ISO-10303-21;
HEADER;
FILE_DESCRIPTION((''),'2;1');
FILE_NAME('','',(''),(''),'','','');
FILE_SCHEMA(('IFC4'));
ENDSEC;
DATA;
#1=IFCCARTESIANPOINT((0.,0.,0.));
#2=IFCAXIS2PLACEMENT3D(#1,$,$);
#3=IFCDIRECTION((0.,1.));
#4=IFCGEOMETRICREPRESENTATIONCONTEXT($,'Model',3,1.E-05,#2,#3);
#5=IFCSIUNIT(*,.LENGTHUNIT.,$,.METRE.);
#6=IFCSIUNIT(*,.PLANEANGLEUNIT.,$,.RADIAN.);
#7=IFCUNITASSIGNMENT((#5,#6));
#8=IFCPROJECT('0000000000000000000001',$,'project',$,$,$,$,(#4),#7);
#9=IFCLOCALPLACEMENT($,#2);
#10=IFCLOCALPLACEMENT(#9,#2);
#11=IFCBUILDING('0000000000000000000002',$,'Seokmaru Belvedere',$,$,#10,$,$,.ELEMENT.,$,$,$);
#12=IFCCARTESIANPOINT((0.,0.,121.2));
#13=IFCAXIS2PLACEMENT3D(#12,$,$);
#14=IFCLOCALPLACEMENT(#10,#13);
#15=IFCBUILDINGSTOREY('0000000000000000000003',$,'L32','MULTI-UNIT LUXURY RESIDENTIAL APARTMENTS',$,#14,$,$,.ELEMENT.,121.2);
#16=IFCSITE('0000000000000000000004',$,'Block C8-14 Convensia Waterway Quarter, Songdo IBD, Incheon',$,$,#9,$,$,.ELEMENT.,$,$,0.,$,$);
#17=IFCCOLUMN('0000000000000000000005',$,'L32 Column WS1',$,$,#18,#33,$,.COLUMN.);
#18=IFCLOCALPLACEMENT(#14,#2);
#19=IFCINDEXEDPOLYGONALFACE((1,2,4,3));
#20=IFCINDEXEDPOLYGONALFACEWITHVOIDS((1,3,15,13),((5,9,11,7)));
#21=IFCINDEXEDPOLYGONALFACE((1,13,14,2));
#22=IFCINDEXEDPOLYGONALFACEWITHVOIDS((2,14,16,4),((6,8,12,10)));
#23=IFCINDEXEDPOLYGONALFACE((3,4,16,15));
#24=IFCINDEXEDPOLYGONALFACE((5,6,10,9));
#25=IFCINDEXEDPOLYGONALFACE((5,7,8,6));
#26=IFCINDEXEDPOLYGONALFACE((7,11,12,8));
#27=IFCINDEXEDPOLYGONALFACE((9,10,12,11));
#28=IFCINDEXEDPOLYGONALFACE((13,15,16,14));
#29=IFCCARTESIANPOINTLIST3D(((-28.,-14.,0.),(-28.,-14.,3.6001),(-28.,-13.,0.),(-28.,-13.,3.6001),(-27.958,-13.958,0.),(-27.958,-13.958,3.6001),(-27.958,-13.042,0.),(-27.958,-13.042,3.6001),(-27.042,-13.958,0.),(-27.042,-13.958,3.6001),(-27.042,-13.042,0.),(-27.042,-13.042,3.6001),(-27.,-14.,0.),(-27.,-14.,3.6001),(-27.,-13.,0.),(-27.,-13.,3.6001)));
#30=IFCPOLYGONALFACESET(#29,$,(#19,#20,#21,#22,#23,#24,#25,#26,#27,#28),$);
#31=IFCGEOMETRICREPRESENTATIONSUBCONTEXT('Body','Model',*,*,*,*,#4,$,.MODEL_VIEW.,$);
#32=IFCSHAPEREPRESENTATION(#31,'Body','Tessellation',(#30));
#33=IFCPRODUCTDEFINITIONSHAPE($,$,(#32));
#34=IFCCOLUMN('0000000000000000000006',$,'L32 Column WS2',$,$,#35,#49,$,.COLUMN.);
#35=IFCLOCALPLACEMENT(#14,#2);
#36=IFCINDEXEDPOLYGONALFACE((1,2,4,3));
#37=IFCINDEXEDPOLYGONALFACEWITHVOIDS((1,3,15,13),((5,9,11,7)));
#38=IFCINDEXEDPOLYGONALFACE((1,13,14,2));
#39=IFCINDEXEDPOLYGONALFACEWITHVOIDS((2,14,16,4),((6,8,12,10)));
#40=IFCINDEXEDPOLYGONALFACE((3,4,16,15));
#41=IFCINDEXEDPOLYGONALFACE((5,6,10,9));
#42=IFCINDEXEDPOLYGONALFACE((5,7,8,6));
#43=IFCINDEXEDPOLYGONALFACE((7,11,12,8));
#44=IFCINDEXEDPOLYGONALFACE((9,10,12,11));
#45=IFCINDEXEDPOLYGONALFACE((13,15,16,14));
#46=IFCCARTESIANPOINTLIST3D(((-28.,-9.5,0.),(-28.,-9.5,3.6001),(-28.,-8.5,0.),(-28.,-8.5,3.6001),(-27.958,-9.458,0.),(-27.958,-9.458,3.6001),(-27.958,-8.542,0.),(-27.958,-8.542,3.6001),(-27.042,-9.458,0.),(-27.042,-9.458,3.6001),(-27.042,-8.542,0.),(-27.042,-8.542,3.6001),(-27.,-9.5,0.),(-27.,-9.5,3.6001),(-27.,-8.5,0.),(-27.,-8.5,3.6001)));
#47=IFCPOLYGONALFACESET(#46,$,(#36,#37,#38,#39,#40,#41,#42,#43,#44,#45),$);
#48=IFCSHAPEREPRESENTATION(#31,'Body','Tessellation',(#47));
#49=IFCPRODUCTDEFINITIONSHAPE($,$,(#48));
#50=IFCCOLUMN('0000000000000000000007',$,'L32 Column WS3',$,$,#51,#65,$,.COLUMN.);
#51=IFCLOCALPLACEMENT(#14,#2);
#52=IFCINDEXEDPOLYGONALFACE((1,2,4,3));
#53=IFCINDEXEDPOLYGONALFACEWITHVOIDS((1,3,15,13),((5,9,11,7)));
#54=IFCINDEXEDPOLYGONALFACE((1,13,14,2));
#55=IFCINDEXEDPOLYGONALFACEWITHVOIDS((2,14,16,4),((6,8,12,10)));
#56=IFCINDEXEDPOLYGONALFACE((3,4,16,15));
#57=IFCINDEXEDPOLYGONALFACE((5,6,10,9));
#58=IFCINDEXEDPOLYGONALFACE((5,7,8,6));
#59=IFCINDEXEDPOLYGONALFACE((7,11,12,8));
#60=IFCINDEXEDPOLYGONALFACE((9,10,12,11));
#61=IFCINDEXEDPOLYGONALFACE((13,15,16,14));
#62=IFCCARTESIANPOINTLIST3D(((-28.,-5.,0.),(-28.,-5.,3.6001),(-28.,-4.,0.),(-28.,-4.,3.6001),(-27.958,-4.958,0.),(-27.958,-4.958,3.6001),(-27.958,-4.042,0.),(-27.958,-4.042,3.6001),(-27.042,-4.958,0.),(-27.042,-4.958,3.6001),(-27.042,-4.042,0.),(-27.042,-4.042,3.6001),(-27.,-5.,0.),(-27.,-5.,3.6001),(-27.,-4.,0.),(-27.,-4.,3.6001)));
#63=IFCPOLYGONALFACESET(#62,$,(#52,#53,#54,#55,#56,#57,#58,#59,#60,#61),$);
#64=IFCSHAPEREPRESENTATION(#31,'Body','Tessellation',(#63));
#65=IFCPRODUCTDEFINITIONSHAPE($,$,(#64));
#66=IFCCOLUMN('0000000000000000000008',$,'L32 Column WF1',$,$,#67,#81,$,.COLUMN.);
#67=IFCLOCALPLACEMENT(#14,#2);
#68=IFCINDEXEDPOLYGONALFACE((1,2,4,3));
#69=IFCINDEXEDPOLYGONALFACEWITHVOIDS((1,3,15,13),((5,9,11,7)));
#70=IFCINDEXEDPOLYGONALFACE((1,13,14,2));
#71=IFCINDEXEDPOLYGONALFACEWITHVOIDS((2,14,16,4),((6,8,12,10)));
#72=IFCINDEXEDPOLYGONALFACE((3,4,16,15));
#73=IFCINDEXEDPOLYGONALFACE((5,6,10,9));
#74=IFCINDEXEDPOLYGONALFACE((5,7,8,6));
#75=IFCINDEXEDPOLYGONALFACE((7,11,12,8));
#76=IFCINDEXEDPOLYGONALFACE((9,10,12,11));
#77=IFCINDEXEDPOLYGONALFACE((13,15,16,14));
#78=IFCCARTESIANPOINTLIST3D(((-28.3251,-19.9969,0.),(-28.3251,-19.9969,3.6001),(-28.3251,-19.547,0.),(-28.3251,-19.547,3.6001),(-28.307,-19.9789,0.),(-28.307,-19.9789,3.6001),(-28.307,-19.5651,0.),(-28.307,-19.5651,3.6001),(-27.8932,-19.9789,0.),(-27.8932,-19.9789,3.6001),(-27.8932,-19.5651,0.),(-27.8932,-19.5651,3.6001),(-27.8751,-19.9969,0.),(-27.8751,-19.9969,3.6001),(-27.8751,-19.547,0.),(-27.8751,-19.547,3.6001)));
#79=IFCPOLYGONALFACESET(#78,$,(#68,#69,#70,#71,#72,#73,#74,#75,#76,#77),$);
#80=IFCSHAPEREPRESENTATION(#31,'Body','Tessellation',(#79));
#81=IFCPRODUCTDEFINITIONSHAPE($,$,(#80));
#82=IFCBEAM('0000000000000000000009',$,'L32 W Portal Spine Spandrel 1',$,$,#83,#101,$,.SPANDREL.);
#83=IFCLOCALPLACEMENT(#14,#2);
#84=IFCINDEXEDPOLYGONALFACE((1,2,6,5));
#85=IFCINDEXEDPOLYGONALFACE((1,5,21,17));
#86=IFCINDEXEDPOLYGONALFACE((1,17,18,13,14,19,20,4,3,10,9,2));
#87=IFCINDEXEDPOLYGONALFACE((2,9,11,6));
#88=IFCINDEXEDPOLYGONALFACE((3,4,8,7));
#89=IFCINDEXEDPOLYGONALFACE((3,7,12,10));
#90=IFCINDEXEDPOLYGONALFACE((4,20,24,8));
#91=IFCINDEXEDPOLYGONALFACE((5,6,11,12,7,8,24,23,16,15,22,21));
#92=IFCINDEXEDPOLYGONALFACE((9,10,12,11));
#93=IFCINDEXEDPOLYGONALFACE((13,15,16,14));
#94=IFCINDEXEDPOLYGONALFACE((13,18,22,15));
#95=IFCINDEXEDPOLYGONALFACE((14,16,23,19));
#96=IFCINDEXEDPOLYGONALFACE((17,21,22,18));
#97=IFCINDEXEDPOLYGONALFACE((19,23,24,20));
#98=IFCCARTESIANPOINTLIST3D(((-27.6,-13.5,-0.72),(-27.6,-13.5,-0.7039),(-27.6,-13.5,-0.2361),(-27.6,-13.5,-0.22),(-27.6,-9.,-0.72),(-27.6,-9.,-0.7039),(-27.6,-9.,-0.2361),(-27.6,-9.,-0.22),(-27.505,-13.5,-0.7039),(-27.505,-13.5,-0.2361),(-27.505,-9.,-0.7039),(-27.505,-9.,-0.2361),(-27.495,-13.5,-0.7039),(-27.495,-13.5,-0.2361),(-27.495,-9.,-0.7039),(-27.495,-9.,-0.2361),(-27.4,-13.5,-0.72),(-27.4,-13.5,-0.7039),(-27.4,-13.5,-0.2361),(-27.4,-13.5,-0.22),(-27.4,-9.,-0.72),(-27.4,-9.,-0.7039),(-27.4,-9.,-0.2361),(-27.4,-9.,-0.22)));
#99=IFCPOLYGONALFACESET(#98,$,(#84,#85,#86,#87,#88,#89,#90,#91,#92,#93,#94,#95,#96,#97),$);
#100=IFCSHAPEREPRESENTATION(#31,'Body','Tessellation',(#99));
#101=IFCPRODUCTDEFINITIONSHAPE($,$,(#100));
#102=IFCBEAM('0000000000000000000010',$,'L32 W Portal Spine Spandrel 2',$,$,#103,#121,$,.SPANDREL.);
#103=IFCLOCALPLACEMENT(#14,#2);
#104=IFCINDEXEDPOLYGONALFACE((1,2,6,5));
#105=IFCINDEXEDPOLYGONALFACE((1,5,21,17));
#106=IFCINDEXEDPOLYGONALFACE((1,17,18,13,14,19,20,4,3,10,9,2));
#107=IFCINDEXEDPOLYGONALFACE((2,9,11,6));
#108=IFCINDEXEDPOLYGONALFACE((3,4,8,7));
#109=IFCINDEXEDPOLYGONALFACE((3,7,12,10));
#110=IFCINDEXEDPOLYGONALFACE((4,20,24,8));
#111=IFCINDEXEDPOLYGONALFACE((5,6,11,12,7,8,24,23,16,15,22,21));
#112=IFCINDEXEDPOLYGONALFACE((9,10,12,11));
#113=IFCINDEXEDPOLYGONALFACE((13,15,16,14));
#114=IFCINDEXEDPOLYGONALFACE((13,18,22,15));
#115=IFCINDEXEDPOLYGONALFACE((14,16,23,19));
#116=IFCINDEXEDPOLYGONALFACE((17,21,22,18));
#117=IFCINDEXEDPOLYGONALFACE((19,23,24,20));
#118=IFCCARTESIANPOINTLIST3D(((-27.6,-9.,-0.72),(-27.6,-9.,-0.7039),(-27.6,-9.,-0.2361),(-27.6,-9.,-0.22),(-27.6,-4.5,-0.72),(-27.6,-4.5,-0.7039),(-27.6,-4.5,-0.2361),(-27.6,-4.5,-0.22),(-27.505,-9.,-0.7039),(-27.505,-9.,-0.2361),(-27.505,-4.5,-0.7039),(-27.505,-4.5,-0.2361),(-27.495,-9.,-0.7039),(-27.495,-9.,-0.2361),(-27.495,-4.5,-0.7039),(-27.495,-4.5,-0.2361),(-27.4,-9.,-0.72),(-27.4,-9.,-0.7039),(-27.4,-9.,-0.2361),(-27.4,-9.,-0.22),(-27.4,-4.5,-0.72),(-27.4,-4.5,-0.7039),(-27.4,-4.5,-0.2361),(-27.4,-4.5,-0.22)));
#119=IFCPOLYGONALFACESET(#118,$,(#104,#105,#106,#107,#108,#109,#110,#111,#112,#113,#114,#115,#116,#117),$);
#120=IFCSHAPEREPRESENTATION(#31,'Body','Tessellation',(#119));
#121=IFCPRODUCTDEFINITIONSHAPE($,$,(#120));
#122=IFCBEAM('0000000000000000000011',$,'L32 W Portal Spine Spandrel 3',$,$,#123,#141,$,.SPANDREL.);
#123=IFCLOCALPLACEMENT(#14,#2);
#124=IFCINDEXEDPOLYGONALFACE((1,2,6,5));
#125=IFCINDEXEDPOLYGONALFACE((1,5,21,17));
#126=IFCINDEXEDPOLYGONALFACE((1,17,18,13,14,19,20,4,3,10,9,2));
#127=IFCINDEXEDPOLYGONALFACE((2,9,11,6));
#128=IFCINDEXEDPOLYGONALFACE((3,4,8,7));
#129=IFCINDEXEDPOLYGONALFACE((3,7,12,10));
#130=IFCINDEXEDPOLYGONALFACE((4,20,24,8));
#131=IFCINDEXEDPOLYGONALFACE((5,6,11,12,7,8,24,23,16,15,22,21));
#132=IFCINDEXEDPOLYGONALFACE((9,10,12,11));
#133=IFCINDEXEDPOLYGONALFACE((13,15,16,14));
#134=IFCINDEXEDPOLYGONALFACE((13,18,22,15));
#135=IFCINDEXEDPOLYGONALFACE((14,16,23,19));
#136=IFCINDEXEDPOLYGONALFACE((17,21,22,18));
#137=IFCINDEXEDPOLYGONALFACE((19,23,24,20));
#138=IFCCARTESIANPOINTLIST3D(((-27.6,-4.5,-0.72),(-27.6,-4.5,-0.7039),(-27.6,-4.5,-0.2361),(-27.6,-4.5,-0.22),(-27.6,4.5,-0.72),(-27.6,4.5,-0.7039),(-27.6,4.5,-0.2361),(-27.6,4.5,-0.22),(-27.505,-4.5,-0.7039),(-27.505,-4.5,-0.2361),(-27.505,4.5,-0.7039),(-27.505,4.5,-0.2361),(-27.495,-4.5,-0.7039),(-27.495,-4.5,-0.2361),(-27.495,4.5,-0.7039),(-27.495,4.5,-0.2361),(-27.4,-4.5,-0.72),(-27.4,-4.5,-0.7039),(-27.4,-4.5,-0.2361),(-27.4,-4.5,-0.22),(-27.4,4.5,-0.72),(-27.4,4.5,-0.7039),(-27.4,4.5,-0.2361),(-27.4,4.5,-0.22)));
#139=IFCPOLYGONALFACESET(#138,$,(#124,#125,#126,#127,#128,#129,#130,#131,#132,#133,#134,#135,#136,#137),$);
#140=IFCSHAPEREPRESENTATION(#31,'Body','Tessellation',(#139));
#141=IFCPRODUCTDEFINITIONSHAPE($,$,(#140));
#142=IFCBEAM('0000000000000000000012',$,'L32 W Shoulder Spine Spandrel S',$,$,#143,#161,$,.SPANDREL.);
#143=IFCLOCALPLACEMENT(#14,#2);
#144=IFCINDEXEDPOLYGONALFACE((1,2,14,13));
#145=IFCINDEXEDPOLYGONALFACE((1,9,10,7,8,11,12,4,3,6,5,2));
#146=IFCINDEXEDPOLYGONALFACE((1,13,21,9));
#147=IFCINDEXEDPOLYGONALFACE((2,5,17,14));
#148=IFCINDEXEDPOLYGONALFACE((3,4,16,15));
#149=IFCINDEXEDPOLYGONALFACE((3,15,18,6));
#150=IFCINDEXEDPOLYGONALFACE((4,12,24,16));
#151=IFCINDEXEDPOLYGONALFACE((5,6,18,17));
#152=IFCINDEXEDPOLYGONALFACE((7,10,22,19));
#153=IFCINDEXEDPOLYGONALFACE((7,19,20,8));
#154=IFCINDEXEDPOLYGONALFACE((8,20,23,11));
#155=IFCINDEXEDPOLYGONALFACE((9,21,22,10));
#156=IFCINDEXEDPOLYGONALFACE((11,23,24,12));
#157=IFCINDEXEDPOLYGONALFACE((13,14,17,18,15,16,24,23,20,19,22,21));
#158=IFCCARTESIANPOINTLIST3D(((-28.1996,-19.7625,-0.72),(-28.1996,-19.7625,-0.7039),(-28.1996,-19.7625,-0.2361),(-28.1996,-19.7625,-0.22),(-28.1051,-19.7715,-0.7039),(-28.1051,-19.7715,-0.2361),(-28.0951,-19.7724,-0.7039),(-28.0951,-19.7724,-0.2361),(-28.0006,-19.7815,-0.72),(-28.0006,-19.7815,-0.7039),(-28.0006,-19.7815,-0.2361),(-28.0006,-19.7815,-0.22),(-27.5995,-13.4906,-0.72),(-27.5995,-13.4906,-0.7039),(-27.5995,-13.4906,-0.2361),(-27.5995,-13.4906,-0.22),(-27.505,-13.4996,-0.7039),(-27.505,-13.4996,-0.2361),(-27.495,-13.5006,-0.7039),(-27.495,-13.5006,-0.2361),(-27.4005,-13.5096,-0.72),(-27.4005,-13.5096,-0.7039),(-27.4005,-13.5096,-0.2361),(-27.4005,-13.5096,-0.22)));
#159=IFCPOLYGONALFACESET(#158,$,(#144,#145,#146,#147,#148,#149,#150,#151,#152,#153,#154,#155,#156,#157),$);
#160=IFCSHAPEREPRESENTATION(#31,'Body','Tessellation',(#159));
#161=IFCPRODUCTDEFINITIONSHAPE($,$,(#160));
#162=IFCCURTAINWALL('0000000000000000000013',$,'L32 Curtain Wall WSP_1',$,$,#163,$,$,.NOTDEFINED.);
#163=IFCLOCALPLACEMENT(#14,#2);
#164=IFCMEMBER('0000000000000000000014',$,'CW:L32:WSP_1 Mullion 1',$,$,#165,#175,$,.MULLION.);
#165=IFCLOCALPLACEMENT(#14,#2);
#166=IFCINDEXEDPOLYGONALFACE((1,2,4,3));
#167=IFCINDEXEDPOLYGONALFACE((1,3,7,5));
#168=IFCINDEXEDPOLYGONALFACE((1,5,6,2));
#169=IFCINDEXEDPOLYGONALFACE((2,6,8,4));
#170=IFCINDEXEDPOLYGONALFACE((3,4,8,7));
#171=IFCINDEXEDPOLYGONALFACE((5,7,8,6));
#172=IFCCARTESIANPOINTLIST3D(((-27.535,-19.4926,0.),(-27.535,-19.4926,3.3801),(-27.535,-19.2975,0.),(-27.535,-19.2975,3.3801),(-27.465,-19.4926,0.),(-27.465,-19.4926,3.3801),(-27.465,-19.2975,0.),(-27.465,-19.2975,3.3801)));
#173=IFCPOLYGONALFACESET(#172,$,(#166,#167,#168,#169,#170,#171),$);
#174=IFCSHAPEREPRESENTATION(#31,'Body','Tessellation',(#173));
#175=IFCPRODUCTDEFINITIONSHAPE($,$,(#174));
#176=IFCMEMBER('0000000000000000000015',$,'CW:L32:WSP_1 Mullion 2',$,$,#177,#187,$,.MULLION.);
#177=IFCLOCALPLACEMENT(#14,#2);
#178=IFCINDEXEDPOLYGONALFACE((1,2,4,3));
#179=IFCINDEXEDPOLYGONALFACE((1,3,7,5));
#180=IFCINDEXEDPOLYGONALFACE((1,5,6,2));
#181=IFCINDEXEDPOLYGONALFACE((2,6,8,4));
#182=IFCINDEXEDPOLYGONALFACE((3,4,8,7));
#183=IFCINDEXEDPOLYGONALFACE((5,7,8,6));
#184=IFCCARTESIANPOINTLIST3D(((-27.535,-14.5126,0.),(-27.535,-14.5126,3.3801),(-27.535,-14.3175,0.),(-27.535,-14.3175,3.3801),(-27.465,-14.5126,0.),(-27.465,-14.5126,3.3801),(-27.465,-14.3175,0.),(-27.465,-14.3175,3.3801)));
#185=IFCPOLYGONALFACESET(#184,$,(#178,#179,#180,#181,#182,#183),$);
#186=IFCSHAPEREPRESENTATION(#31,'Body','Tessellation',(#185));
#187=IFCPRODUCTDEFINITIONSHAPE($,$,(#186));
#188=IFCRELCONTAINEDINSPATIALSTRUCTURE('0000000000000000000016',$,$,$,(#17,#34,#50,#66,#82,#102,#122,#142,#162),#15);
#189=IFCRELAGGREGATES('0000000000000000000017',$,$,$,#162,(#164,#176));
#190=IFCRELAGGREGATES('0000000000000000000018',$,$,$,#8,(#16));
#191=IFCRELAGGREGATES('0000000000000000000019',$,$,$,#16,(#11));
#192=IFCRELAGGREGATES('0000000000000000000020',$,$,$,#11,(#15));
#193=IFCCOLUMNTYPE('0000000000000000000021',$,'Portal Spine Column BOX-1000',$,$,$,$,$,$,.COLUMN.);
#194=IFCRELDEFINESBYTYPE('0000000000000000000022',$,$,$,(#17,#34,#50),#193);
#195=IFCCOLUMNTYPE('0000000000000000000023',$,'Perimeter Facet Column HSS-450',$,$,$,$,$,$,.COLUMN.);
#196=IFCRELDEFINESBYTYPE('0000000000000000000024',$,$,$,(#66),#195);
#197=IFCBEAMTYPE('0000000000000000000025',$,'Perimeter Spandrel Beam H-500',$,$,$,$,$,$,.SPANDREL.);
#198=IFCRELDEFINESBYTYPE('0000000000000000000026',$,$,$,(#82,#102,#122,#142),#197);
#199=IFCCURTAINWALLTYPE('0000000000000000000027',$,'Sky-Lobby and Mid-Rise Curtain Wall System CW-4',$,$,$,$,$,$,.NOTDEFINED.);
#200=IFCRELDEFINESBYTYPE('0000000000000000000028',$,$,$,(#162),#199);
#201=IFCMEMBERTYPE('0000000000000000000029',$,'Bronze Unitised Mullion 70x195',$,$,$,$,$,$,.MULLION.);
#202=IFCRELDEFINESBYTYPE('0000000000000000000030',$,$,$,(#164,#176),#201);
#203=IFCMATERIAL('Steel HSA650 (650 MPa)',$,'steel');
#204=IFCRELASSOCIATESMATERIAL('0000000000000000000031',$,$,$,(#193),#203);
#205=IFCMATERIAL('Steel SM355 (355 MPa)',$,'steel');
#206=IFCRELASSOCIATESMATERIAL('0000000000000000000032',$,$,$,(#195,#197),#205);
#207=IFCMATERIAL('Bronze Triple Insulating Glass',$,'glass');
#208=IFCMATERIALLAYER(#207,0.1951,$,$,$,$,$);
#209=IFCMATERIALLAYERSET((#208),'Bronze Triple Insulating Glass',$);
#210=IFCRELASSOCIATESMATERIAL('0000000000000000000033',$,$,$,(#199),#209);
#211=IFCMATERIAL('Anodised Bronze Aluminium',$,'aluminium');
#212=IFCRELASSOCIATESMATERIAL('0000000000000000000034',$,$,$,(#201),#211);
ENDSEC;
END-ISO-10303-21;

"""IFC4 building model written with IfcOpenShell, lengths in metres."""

from ifc_helpers import new_model, si_unit, direction, frame, origin, origin_2d, place, context, subcontext, project, spatial, rectangle, hollow_rectangle, i_section, extrude, source, transform, mapped, material, layer, layer_set, material_profile, profile_set, type_object, type_shapes, element, aggregate, save


model = new_model("IFC4")

# Units and contexts
model_context = context("Model", 3, precision=1e-05, world=origin(), true_north=direction((0.0, 1.0)))
body_context = subcontext(model_context, "Body", "Model", "MODEL_VIEW")
ifc_project = project(units=[si_unit("LENGTHUNIT", "METRE"), si_unit("PLANEANGLEUNIT", "RADIAN")], contexts=[model_context])

# Site, building, storey
site_placement = place(None, origin())
site = spatial("IfcSite", under=ifc_project, at=site_placement, Name="Block C8-14 Convensia Waterway Quarter, Songdo IBD, Incheon", CompositionType="ELEMENT", RefElevation=0.0)
building_placement = place(site_placement, origin())
building = spatial("IfcBuilding", under=site, at=building_placement, Name="Seokmaru Belvedere", CompositionType="ELEMENT")
storey_placement = place(building_placement, frame((0.0, 0.0, 121.2)))
storey = spatial("IfcBuildingStorey", under=building, at=storey_placement, Name="L32", Description="MULTI-UNIT LUXURY RESIDENTIAL APARTMENTS", CompositionType="ELEMENT", Elevation=121.2)

# Columns
ifc_material_1 = material(Name="Steel HSA650 (650 MPa)", Category="steel")
ifc_material_profile_1 = material_profile(ifc_material_1, hollow_rectangle(XDim=1.0, YDim=1.0, WallThickness=0.042, at=origin_2d()), Name="BOX-1000x1000x42")
ifc_profile_set_1 = profile_set([ifc_material_profile_1], Name="Steel HSA650 (650 MPa)")
column_type_1 = type_object("IfcColumnType", Name="Portal Spine Column BOX-1000", PredefinedType="COLUMN", material=ifc_profile_set_1)
shared_shape_1 = source(origin(), body_context, "Body", "SweptSolid", [
    extrude(hollow_rectangle(XDim=1.0, YDim=1.0, WallThickness=0.042, at=origin_2d()), origin(), (0.0, 0.0, 1.0), 3.6001),
])
type_shapes(column_type_1, [shared_shape_1])
for number, where, z_axis, x_axis, name in (
    (1, (-27.5, -13.5, 0.0), (0.0, 0.0, 1.0), (1.0, 0.0, 0.0), "L32 Column WS1"),
    (2, (-27.5, -9.0, 0.0), (0.0, 0.0, 1.0), (1.0, 0.0, 0.0), "L32 Column WS2"),
    (3, (-27.5, -4.5, 0.0), (0.0, 0.0, 1.0), (1.0, 0.0, 0.0), "L32 Column WS3"),
):
    element("IfcColumn", number, at=place(storey_placement, frame(where, z_axis=z_axis, x_axis=x_axis)), inside=storey, type_object=column_type_1, Name=name, PredefinedType="COLUMN", context=body_context, shape_type="MappedRepresentation", body=[
        mapped(shared_shape_1, transform((0.0, 0.0, 0.0), scale=1.0)),
    ])
ifc_material_2 = material(Name="Steel SM355 (355 MPa)", Category="steel")
ifc_material_profile_2 = material_profile(ifc_material_2, hollow_rectangle(XDim=0.45, YDim=0.45, WallThickness=0.0181, at=origin_2d()), Name="HSS-450x450x18")
ifc_profile_set_2 = profile_set([ifc_material_profile_2], Name="Steel SM355 (355 MPa)")
column_type_2 = type_object("IfcColumnType", Name="Perimeter Facet Column HSS-450", PredefinedType="COLUMN", material=ifc_profile_set_2)
shared_shape_2 = source(origin(), body_context, "Body", "SweptSolid", [
    extrude(hollow_rectangle(XDim=0.45, YDim=0.45, WallThickness=0.0181, at=origin_2d()), origin(), (0.0, 0.0, 1.0), 3.6001),
])
type_shapes(column_type_2, [shared_shape_2])
column_placement = place(storey_placement, frame((-28.1001, -19.772, 0.0), z_axis=(0.0, 0.0, 1.0), x_axis=(1.0, 0.0, 0.0)))
element("IfcColumn", 4, at=column_placement, inside=storey, type_object=column_type_2, Name="L32 Column WF1", PredefinedType="COLUMN", context=body_context, shape_type="MappedRepresentation", body=[
    mapped(shared_shape_2, transform((0.0, 0.0, 0.0), scale=1.0)),
])

# Beams
ifc_material_profile_3 = material_profile(ifc_material_2, i_section(OverallWidth=0.2, OverallDepth=0.5, WebThickness=0.01, FlangeThickness=0.0161, at=origin_2d()), Name="H-500x200x10x16")
ifc_profile_set_3 = profile_set([ifc_material_profile_3], Name="Steel SM355 (355 MPa)")
beam_type = type_object("IfcBeamType", Name="Perimeter Spandrel Beam H-500", PredefinedType="SPANDREL", material=ifc_profile_set_3)
shared_shape_3 = source(origin(), body_context, "Body", "SweptSolid", [
    extrude(i_section(OverallWidth=0.2, OverallDepth=0.5, WebThickness=0.01, FlangeThickness=0.0161, at=origin_2d()), origin(), (0.0, 0.0, 1.0), 4.5),
])
for number, where, z_axis, x_axis, name in (
    (5, (-27.5, -13.5, -0.47), (0.0, 1.0, 0.0), (-1.0, 0.0, 0.0), "L32 W Portal Spine Spandrel 1"),
    (6, (-27.5, -9.0, -0.47), (0.0, 1.0, 0.0), (-1.0, 0.0, 0.0), "L32 W Portal Spine Spandrel 2"),
):
    element("IfcBeam", number, at=place(storey_placement, frame(where, z_axis=z_axis, x_axis=x_axis)), inside=storey, type_object=beam_type, Name=name, PredefinedType="SPANDREL", context=body_context, shape_type="MappedRepresentation", body=[
        mapped(shared_shape_3, transform((0.0, 0.0, 0.0), scale=1.0)),
    ])
shared_shape_4 = source(origin(), body_context, "Body", "SweptSolid", [
    extrude(i_section(OverallWidth=0.2, OverallDepth=0.5, WebThickness=0.01, FlangeThickness=0.0161, at=origin_2d()), origin(), (0.0, 0.0, 1.0), 9.0),
])
beam_1_placement = place(storey_placement, frame((-27.5, -4.5, -0.47), z_axis=(0.0, 1.0, 0.0), x_axis=(-1.0, 0.0, 0.0)))
element("IfcBeam", 7, at=beam_1_placement, inside=storey, type_object=beam_type, Name="L32 W Portal Spine Spandrel 3", PredefinedType="SPANDREL", context=body_context, shape_type="MappedRepresentation", body=[
    mapped(shared_shape_4, transform((0.0, 0.0, 0.0), scale=1.0)),
])
shared_shape_5 = source(origin(), body_context, "Body", "SweptSolid", [
    extrude(i_section(OverallWidth=0.2, OverallDepth=0.5, WebThickness=0.01, FlangeThickness=0.0161, at=origin_2d()), origin(), (0.0, 0.0, 1.0), 6.3005),
])
type_shapes(beam_type, [shared_shape_3, shared_shape_4, shared_shape_5])
beam_2_placement = place(storey_placement, frame((-28.1001, -19.772, -0.47), z_axis=(0.095244, 0.995454, 0.0), x_axis=(-0.995454, 0.095244, 0.0)))
element("IfcBeam", 8, at=beam_2_placement, inside=storey, type_object=beam_type, Name="L32 W Shoulder Spine Spandrel S", PredefinedType="SPANDREL", context=body_context, shape_type="MappedRepresentation", body=[
    mapped(shared_shape_5, transform((0.0, 0.0, 0.0), scale=1.0)),
])

# Curtain wall, members
ifc_material_3 = material(Name="Bronze Triple Insulating Glass", Category="glass")
ifc_layer_1 = layer(ifc_material_3, 0.1951)
ifc_layer_set_1 = layer_set([ifc_layer_1], Name="Bronze Triple Insulating Glass")
curtain_wall_type = type_object("IfcCurtainWallType", Name="Sky-Lobby and Mid-Rise Curtain Wall System CW-4", PredefinedType="NOTDEFINED", material=ifc_layer_set_1)
curtain_wall_1_placement = place(storey_placement, origin())
curtain_wall_1 = element("IfcCurtainWall", 9, at=curtain_wall_1_placement, inside=storey, type_object=curtain_wall_type, Name="L32 Curtain Wall WSP_1", PredefinedType="NOTDEFINED")
ifc_material_4 = material(Name="Anodised Bronze Aluminium", Category="aluminium")
ifc_material_profile_4 = material_profile(ifc_material_4, rectangle(XDim=0.0701, YDim=0.1951, at=origin_2d()), Name="CW-M-70x195")
ifc_profile_set_4 = profile_set([ifc_material_profile_4], Name="Anodised Bronze Aluminium")
member_type_1 = type_object("IfcMemberType", Name="Bronze Unitised Mullion 70x195", PredefinedType="MULLION", material=ifc_profile_set_4)
shared_shape_6 = source(origin(), body_context, "Body", "SweptSolid", [
    extrude(rectangle(XDim=0.0701, YDim=0.1951, at=origin_2d()), origin(), (0.0, 0.0, 1.0), 3.3801),
])
type_shapes(member_type_1, [shared_shape_6])
member_1_placement = place(storey_placement, frame((-27.5, -19.395, 0.0), z_axis=(0.0, 0.0, 1.0), x_axis=(-1.0, 0.0, 0.0)))
member_1 = element("IfcMember", 10, at=member_1_placement, type_object=member_type_1, Name="CW:L32:WSP_1 Mullion 1", PredefinedType="MULLION", context=body_context, shape_type="MappedRepresentation", body=[
    mapped(shared_shape_6, transform((0.0, 0.0, 0.0), scale=1.0)),
])
member_2_placement = place(storey_placement, frame((-27.5, -14.415, 0.0), z_axis=(0.0, 0.0, 1.0), x_axis=(-1.0, 0.0, 0.0)))
member_2 = element("IfcMember", 11, at=member_2_placement, type_object=member_type_1, Name="CW:L32:WSP_1 Mullion 2", PredefinedType="MULLION", context=body_context, shape_type="MappedRepresentation", body=[
    mapped(shared_shape_6, transform((0.0, 0.0, 0.0), scale=1.0)),
])

aggregate(curtain_wall_1, [member_1, member_2])

save(model, "model.ifc")
